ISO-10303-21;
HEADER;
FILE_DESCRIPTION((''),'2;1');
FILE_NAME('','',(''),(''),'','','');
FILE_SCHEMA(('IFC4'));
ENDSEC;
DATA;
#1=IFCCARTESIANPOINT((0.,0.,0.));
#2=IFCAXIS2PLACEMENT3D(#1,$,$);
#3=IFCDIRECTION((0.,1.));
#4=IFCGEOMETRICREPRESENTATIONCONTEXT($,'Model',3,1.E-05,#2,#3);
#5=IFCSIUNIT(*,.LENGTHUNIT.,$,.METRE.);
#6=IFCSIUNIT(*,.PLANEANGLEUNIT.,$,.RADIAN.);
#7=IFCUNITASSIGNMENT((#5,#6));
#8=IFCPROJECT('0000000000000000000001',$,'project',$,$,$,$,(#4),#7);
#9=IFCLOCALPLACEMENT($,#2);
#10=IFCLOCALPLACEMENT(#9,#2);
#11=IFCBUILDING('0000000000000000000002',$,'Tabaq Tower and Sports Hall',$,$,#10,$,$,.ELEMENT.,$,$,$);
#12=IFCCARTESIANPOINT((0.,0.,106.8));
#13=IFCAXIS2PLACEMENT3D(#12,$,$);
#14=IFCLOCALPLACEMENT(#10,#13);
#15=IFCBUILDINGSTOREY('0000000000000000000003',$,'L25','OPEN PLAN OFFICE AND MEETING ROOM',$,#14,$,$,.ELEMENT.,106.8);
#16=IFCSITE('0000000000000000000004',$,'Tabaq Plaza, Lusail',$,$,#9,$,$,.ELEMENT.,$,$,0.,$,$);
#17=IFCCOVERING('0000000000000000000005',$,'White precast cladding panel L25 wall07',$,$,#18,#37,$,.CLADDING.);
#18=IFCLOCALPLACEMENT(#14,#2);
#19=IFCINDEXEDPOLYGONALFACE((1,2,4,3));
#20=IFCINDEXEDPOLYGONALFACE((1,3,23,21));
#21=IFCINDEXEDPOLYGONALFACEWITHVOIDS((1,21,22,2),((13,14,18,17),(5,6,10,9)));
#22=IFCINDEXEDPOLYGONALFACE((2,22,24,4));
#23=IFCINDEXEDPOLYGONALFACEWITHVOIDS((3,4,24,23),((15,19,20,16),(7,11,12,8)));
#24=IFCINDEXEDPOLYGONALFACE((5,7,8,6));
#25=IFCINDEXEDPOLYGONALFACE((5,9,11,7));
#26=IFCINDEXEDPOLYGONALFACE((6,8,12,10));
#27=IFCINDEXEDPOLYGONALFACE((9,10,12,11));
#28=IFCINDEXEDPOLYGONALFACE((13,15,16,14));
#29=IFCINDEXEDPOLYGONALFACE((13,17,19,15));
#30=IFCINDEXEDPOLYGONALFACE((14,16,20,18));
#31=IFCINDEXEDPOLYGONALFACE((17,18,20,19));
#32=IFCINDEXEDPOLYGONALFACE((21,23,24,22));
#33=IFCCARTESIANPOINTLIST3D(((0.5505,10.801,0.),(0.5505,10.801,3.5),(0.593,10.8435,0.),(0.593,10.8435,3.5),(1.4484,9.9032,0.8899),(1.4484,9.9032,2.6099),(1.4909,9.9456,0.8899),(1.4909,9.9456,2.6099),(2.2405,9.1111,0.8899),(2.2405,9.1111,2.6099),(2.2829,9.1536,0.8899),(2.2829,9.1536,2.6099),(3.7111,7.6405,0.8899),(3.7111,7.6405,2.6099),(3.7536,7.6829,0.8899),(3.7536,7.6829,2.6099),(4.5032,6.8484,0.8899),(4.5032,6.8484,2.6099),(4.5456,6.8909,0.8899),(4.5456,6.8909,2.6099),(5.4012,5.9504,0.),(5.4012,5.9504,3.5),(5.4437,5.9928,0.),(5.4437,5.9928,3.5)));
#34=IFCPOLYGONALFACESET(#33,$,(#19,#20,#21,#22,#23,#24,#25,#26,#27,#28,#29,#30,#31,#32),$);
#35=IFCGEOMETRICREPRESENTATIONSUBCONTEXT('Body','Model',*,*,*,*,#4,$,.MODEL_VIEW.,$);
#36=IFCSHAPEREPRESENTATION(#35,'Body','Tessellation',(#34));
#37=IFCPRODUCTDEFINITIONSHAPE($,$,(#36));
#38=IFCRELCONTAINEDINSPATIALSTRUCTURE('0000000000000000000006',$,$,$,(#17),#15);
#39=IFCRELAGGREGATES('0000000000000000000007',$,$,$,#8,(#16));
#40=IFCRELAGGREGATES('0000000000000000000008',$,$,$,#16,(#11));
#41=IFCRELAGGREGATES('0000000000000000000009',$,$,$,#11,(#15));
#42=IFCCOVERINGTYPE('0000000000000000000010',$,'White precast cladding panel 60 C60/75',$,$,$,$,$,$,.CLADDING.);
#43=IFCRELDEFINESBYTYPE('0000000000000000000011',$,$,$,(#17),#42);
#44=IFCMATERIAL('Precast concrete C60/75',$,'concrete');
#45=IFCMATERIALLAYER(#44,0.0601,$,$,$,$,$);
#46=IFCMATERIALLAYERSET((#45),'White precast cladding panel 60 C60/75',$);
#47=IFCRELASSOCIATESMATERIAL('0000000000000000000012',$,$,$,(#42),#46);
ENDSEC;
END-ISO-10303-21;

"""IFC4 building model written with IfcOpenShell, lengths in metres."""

from ifc_helpers import new_model, si_unit, direction, frame, origin, place, context, subcontext, project, spatial, polyline, outline, extrude, material, layer, layer_set, type_object, element, save


model = new_model("IFC4")

# Units and contexts
model_context = context("Model", 3, precision=1e-05, world=origin(), true_north=direction((0.0, 1.0)))
body_context = subcontext(model_context, "Body", "Model", "MODEL_VIEW")
ifc_project = project(units=[si_unit("LENGTHUNIT", "METRE"), si_unit("PLANEANGLEUNIT", "RADIAN")], contexts=[model_context])

# Site, building, storey
site_placement = place(None, origin())
site = spatial("IfcSite", under=ifc_project, at=site_placement, Name="Tabaq Plaza, Lusail", CompositionType="ELEMENT", RefElevation=0.0)
building_placement = place(site_placement, origin())
building = spatial("IfcBuilding", under=site, at=building_placement, Name="Tabaq Tower and Sports Hall", CompositionType="ELEMENT")
storey_placement = place(building_placement, frame((0.0, 0.0, 106.8)))
storey = spatial("IfcBuildingStorey", under=building, at=storey_placement, Name="L25", Description="OPEN PLAN OFFICE AND MEETING ROOM", CompositionType="ELEMENT", Elevation=106.8)

# Covering
ifc_material_1 = material(Name="Precast concrete C60/75", Category="concrete")
ifc_layer_1 = layer(ifc_material_1, 0.0601)
ifc_layer_set_1 = layer_set([ifc_layer_1], Name="White precast cladding panel 60 C60/75")
covering_type_1 = type_object("IfcCoveringType", Name="White precast cladding panel 60 C60/75", PredefinedType="CLADDING", material=ifc_layer_set_1)
covering_1_placement = place(storey_placement, frame((0.5718, 10.8223, 0.0), z_axis=(0.0, 0.0, 1.0), x_axis=(0.707107, -0.707107, 0.0)))
element("IfcCovering", 1, at=covering_1_placement, inside=storey, type_object=covering_type_1, Name="White precast cladding panel L25 wall07", PredefinedType="CLADDING", context=body_context, shape_type="SweptSolid", body=[
    extrude(outline(polyline([(0.0, 0.0), (6.8599, 0.0), (6.8599, 3.5), (0.0, 3.5), (0.0, 0.0)]), holes=[polyline([(1.2698, 2.6099), (2.3899, 2.6099), (2.3899, 0.8899), (1.2698, 0.8899), (1.2698, 2.6099)]), polyline([(4.4697, 2.6099), (5.5898, 2.6099), (5.5898, 0.8899), (4.4697, 0.8899), (4.4697, 2.6099)])]), frame((0.0, 0.03, 0.0), z_axis=(0.0, -1.0, 0.0), x_axis=(1.0, 0.0, 0.0)), (0.0, 0.0, 1.0), 0.0601),
])

save(model, "model.ifc")
